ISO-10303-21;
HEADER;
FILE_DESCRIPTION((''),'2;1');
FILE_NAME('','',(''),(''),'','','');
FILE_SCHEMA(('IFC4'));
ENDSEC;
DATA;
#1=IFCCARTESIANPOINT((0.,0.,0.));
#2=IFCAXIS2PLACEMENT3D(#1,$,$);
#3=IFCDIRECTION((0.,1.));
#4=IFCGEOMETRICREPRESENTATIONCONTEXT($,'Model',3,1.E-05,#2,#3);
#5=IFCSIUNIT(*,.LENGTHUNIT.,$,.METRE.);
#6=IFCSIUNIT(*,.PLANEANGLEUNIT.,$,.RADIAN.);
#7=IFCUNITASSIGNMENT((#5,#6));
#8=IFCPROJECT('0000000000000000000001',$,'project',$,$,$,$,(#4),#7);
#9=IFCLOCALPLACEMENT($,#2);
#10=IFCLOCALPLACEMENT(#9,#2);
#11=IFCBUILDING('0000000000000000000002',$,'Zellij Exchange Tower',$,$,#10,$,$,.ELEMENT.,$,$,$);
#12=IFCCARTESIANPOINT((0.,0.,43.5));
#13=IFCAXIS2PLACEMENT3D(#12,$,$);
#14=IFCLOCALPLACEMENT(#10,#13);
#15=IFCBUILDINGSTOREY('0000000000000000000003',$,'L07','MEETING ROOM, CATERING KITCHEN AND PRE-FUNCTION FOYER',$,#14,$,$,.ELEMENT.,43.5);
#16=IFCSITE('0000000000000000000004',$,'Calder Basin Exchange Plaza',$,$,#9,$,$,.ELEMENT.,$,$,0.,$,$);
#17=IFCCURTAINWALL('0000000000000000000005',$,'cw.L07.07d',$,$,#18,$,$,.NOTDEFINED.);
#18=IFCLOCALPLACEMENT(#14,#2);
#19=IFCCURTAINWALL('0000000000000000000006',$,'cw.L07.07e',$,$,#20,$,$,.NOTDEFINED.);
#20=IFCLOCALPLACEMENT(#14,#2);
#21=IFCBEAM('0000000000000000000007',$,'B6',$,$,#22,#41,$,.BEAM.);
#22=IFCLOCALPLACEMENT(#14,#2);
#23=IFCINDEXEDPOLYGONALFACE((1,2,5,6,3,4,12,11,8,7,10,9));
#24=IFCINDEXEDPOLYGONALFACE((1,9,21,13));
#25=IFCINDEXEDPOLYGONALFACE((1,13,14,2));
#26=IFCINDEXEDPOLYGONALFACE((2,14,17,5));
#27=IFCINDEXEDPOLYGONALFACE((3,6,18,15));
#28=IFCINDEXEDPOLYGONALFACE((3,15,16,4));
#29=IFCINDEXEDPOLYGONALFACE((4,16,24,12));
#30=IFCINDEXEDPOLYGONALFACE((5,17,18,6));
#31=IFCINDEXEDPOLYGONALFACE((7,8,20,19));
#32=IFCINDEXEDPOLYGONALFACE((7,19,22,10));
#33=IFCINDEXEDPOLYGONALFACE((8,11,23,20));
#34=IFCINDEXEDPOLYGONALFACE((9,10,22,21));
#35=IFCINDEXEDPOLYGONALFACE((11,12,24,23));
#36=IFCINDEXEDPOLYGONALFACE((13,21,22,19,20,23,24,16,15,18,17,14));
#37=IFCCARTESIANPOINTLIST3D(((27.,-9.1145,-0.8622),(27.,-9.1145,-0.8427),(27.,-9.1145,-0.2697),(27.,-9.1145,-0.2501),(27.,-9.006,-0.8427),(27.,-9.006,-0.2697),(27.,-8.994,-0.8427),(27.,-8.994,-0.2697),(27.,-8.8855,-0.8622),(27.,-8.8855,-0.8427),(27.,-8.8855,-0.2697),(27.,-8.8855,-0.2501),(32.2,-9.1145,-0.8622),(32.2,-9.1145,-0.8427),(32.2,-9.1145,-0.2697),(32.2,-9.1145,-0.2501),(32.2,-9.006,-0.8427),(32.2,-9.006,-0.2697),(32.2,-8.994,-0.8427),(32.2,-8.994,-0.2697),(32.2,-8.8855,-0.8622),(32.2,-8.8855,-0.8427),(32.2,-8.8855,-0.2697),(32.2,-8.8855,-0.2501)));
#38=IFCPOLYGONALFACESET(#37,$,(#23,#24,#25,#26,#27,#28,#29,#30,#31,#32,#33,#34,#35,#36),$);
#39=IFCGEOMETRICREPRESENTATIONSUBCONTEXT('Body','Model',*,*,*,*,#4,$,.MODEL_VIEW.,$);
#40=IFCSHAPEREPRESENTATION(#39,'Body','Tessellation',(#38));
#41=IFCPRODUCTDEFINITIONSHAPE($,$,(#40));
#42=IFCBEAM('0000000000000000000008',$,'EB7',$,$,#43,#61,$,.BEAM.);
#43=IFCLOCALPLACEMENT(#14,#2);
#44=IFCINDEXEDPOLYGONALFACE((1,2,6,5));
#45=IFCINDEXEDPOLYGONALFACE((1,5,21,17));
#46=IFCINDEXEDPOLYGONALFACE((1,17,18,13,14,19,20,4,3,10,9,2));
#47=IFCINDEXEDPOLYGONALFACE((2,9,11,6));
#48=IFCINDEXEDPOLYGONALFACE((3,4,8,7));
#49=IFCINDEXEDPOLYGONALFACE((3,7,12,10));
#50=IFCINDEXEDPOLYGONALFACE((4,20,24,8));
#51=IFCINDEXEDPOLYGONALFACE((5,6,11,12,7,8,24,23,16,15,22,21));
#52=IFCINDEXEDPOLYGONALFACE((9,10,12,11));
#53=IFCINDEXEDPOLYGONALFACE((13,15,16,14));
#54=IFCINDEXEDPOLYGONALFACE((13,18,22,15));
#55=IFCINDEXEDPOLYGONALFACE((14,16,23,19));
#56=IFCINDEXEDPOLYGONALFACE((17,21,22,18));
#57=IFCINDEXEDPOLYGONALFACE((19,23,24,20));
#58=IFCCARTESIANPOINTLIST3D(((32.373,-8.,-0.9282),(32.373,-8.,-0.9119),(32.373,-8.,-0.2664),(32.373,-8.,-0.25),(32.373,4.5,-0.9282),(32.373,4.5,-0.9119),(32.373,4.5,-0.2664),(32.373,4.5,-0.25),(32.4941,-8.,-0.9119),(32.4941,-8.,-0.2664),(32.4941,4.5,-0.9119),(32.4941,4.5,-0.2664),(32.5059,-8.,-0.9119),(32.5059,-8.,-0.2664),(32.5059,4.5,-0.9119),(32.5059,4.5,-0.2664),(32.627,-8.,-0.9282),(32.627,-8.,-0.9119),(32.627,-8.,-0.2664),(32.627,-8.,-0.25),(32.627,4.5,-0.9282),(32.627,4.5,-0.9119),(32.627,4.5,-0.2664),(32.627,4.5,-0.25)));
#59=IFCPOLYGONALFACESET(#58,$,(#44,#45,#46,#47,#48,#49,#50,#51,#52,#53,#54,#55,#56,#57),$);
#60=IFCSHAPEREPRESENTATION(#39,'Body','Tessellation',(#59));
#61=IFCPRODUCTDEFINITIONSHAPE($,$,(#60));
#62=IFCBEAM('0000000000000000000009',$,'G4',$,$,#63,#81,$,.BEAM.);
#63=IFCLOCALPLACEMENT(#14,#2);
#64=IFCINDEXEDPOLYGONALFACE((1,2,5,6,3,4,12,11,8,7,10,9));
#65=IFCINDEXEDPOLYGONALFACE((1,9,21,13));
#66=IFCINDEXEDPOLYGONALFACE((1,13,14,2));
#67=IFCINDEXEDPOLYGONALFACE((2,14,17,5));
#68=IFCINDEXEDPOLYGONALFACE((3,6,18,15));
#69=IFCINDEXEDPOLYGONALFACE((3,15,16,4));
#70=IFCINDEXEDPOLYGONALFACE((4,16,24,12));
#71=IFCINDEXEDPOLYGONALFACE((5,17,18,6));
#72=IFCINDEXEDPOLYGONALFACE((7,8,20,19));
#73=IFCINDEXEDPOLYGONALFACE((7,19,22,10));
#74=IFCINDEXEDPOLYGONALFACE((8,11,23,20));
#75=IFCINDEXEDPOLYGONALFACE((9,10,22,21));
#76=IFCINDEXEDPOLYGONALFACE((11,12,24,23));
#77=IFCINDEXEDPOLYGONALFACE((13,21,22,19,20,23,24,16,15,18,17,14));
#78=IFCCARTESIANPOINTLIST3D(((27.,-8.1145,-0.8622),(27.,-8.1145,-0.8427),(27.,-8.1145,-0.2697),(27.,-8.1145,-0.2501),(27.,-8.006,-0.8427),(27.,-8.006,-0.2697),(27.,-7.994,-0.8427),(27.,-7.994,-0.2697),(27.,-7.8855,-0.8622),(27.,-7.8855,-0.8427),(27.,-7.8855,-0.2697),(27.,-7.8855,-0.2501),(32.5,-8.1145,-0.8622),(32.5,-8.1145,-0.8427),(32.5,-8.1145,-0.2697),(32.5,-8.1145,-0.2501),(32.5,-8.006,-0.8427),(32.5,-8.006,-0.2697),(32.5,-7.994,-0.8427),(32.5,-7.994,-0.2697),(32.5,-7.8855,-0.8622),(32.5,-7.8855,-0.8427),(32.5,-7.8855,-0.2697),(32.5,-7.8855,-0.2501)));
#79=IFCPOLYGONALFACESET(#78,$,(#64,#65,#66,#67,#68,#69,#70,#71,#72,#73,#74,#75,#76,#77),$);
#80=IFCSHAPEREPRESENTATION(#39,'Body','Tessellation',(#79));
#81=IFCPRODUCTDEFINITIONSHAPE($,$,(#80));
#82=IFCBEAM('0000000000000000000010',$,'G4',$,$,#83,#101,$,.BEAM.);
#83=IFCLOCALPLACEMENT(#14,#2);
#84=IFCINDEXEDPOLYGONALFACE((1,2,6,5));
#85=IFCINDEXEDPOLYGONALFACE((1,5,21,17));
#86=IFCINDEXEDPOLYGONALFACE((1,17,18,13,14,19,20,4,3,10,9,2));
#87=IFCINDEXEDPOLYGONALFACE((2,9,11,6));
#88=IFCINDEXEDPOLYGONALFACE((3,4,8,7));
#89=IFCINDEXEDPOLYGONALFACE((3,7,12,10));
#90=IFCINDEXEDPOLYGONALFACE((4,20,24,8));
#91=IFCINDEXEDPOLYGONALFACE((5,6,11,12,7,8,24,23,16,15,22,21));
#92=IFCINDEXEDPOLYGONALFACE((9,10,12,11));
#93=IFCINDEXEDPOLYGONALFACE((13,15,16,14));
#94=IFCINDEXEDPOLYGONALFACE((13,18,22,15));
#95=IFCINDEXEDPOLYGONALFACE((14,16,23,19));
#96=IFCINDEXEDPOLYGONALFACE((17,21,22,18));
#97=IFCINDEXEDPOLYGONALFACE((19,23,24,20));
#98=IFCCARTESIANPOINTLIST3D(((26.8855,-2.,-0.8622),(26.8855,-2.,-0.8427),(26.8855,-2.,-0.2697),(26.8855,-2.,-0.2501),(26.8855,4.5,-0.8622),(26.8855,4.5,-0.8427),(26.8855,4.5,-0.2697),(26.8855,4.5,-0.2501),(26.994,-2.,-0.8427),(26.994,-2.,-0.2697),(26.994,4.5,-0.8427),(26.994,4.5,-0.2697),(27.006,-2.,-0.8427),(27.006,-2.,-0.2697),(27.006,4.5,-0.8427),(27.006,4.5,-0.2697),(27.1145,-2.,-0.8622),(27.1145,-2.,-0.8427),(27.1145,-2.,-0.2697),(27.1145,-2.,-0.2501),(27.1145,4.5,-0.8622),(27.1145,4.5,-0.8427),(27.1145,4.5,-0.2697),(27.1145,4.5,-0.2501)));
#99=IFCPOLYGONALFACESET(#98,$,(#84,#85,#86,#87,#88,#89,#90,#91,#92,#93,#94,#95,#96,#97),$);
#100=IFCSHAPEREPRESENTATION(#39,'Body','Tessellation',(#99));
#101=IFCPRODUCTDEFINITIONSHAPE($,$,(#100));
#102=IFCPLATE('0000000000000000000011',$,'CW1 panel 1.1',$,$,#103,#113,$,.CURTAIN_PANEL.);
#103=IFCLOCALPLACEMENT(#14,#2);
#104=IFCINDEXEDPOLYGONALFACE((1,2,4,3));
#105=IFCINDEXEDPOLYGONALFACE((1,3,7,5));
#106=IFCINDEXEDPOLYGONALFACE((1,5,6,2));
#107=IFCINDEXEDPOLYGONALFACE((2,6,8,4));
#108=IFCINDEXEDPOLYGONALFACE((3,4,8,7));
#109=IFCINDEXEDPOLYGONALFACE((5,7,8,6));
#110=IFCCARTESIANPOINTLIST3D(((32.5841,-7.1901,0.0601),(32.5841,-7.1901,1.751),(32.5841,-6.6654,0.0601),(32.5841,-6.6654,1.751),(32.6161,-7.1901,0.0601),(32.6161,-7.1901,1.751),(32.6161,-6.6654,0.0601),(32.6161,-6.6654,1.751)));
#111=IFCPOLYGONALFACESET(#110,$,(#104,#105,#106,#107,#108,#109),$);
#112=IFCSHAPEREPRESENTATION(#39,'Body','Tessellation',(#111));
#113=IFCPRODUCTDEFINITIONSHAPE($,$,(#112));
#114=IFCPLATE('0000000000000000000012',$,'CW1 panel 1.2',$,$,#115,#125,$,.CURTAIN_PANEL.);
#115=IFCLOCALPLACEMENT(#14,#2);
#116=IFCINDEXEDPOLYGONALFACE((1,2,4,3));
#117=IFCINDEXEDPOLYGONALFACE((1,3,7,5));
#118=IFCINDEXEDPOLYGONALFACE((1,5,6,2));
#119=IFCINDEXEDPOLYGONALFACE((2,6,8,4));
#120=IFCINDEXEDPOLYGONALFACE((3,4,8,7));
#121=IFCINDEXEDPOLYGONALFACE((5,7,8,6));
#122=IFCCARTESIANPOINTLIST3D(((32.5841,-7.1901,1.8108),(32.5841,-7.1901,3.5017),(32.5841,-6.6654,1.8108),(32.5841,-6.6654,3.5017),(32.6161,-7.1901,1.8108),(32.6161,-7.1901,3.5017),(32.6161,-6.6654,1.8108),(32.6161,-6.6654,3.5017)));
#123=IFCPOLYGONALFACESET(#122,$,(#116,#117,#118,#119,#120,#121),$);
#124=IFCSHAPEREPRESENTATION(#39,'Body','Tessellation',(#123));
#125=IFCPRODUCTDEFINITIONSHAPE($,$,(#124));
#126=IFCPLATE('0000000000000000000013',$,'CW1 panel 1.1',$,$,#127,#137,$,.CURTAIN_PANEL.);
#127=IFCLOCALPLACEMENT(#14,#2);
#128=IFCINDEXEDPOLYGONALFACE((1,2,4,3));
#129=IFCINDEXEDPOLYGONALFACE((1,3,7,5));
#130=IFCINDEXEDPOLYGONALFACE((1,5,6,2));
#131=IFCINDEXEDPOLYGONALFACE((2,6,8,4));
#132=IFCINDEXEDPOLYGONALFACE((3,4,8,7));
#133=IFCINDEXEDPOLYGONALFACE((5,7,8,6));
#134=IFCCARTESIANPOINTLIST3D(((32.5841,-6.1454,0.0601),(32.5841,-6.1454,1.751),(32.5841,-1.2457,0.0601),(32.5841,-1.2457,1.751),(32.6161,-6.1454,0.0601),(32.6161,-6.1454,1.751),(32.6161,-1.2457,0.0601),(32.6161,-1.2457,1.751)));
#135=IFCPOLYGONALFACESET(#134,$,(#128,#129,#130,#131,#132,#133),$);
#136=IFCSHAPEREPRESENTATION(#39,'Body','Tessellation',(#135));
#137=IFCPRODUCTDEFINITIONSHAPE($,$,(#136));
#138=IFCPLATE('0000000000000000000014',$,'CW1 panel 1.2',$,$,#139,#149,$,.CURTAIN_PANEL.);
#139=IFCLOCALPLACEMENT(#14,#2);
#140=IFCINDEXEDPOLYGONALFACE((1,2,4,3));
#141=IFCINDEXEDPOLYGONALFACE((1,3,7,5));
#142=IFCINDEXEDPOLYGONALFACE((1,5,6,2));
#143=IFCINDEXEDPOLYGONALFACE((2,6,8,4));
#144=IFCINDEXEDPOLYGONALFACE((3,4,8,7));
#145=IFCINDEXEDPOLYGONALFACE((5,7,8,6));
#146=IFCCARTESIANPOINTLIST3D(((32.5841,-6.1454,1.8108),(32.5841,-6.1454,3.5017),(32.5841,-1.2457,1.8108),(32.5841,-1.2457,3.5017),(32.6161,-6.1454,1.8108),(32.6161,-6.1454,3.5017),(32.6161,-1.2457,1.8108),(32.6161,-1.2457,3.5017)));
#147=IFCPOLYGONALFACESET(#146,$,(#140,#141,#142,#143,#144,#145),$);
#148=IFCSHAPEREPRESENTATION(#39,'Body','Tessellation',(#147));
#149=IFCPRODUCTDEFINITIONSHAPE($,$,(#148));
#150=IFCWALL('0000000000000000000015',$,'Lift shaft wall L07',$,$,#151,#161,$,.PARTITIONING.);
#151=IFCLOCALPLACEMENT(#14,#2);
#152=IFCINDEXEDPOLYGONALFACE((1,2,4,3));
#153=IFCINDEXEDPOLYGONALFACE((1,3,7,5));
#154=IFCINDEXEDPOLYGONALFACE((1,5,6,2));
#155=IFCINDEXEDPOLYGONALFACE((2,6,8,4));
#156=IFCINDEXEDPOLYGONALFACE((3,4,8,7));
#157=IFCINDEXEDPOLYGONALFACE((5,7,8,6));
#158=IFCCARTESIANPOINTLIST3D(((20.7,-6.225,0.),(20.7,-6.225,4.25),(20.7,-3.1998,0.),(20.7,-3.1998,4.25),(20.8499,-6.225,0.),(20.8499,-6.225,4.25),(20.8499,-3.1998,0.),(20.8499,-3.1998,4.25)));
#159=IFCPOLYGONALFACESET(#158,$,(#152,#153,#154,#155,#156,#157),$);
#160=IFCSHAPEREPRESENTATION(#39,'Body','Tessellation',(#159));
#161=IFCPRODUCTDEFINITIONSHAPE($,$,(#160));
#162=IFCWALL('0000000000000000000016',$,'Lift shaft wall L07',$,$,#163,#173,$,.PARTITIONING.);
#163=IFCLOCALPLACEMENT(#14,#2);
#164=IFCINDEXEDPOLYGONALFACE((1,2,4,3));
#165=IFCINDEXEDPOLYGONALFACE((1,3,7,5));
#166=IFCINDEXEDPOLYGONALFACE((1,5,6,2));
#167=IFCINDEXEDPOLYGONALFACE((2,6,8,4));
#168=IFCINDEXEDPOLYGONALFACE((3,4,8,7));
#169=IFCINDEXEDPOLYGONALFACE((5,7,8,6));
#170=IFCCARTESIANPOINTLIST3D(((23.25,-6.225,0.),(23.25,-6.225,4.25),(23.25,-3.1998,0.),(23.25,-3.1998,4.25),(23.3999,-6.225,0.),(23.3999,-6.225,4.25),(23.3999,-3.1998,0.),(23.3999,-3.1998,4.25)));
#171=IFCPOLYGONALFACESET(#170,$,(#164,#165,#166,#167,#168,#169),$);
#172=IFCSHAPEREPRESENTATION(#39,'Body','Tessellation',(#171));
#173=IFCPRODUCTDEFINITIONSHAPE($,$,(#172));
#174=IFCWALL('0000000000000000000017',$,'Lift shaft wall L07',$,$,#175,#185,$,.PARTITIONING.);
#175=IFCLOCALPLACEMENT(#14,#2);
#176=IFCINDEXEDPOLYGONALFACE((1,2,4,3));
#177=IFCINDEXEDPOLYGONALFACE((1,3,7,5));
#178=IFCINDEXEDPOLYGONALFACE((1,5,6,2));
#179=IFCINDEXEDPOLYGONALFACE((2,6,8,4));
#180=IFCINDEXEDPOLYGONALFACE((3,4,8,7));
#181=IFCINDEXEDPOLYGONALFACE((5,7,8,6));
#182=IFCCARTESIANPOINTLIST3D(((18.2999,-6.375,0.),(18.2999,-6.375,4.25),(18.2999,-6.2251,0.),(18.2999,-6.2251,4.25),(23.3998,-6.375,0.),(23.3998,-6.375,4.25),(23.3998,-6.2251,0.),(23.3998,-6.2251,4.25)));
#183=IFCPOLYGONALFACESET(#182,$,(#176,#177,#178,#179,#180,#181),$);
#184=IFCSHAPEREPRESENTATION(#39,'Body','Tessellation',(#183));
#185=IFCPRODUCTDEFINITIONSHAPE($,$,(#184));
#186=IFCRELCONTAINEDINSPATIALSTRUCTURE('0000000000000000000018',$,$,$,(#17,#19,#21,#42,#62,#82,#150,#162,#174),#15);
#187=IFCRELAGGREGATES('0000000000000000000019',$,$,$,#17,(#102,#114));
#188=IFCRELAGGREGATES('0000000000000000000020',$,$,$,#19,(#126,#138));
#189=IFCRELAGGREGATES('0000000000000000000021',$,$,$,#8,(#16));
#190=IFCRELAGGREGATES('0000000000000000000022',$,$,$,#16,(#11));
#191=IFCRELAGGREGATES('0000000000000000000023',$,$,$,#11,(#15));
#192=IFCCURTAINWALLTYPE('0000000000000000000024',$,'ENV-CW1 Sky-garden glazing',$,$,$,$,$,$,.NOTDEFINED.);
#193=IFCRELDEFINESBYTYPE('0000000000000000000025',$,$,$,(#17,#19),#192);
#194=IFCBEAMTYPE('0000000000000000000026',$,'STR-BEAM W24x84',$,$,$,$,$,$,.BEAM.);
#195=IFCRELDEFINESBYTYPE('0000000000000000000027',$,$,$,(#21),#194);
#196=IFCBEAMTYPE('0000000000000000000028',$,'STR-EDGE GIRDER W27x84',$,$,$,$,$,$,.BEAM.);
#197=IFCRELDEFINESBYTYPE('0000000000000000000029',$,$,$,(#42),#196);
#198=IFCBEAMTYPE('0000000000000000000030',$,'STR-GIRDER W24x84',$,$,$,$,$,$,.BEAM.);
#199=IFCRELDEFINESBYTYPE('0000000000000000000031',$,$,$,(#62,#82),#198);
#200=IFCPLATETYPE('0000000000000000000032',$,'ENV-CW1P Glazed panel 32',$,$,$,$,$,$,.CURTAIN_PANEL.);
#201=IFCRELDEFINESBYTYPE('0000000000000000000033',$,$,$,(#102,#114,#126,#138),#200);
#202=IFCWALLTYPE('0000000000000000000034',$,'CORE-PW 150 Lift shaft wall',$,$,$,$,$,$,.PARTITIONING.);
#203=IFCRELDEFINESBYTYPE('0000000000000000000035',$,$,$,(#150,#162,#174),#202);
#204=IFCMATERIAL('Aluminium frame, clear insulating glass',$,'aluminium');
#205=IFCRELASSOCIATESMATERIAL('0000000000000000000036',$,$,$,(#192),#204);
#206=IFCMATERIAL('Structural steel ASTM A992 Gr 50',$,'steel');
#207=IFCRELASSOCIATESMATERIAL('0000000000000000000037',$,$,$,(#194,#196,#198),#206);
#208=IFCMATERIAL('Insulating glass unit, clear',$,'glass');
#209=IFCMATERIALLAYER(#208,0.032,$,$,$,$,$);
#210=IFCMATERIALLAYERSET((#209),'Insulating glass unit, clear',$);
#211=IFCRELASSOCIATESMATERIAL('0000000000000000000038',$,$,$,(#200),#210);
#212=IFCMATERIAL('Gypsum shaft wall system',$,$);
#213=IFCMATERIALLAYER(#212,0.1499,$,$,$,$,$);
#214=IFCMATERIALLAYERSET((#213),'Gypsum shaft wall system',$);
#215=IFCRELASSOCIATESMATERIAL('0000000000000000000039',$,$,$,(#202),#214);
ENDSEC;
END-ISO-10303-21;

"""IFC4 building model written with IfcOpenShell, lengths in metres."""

from ifc_helpers import new_model, si_unit, direction, frame, frame_2d, origin, origin_2d, place, context, subcontext, project, spatial, rectangle, i_section, extrude, material, layer, layer_set, material_profile, profile_set, type_object, element, aggregate, save


model = new_model("IFC4")

# Units and contexts
model_context = context("Model", 3, precision=1e-05, world=origin(), true_north=direction((0.0, 1.0)))
body_context = subcontext(model_context, "Body", "Model", "MODEL_VIEW")
ifc_project = project(units=[si_unit("LENGTHUNIT", "METRE"), si_unit("PLANEANGLEUNIT", "RADIAN")], contexts=[model_context])

# Site, building, storey
site_placement = place(None, origin())
site = spatial("IfcSite", under=ifc_project, at=site_placement, Name="Calder Basin Exchange Plaza", CompositionType="ELEMENT", RefElevation=0.0)
building_placement = place(site_placement, origin())
building = spatial("IfcBuilding", under=site, at=building_placement, Name="Zellij Exchange Tower", CompositionType="ELEMENT")
storey_placement = place(building_placement, frame((0.0, 0.0, 43.5)))
storey = spatial("IfcBuildingStorey", under=building, at=storey_placement, Name="L07", Description="MEETING ROOM, CATERING KITCHEN AND PRE-FUNCTION FOYER", CompositionType="ELEMENT", Elevation=43.5)

# Shared definitions
ifc_material_1 = material(Name="Aluminium frame, clear insulating glass", Category="aluminium")
curtain_wall_type = type_object("IfcCurtainWallType", Name="ENV-CW1 Sky-garden glazing", PredefinedType="NOTDEFINED", material=ifc_material_1)

# Curtain walls
curtain_wall_1_placement = place(storey_placement, origin())
curtain_wall_1 = element("IfcCurtainWall", 1, at=curtain_wall_1_placement, inside=storey, type_object=curtain_wall_type, Name="cw.L07.07d", PredefinedType="NOTDEFINED")
curtain_wall_2_placement = place(storey_placement, origin())
curtain_wall_2 = element("IfcCurtainWall", 2, at=curtain_wall_2_placement, inside=storey, type_object=curtain_wall_type, Name="cw.L07.07e", PredefinedType="NOTDEFINED")

# Beams
ifc_material_2 = material(Name="Structural steel ASTM A992 Gr 50", Category="steel")
ifc_material_profile_1 = material_profile(ifc_material_2, i_section(OverallWidth=0.229, OverallDepth=0.6121, WebThickness=0.012, FlangeThickness=0.0195, at=origin_2d()), Name="W24x84")
ifc_profile_set_1 = profile_set([ifc_material_profile_1], Name="Structural steel ASTM A992 Gr 50")
beam_type_1 = type_object("IfcBeamType", Name="STR-BEAM W24x84", PredefinedType="BEAM", material=ifc_profile_set_1)
beam_1_placement = place(storey_placement, frame((27.0, -9.0, -0.5562), z_axis=(1.0, 0.0, 0.0), x_axis=(0.0, 1.0, 0.0)))
element("IfcBeam", 3, at=beam_1_placement, inside=storey, type_object=beam_type_1, Name="B6", PredefinedType="BEAM", context=body_context, shape_type="SweptSolid", body=[
    extrude(i_section(OverallWidth=0.229, OverallDepth=0.6121, WebThickness=0.012, FlangeThickness=0.0195, at=origin_2d()), origin(), (0.0, 0.0, 1.0), 5.2),
])
ifc_material_profile_2 = material_profile(ifc_material_2, i_section(OverallWidth=0.2539, OverallDepth=0.6782, WebThickness=0.0117, FlangeThickness=0.0164, at=origin_2d()), Name="W27x84")
ifc_profile_set_2 = profile_set([ifc_material_profile_2], Name="Structural steel ASTM A992 Gr 50")
beam_type_2 = type_object("IfcBeamType", Name="STR-EDGE GIRDER W27x84", PredefinedType="BEAM", material=ifc_profile_set_2)
beam_2_placement = place(storey_placement, frame((32.5, -8.0, -0.5891), z_axis=(0.0, 1.0, 0.0), x_axis=(-1.0, 0.0, 0.0)))
element("IfcBeam", 4, at=beam_2_placement, inside=storey, type_object=beam_type_2, Name="EB7", PredefinedType="BEAM", context=body_context, shape_type="SweptSolid", body=[
    extrude(i_section(OverallWidth=0.2539, OverallDepth=0.6782, WebThickness=0.0117, FlangeThickness=0.0164, at=origin_2d()), origin(), (0.0, 0.0, 1.0), 12.5),
])
ifc_material_profile_3 = material_profile(ifc_material_2, i_section(OverallWidth=0.229, OverallDepth=0.6121, WebThickness=0.012, FlangeThickness=0.0195, at=origin_2d()), Name="W24x84")
ifc_profile_set_3 = profile_set([ifc_material_profile_3], Name="Structural steel ASTM A992 Gr 50")
beam_type_3 = type_object("IfcBeamType", Name="STR-GIRDER W24x84", PredefinedType="BEAM", material=ifc_profile_set_3)
beam_3_placement = place(storey_placement, frame((27.0, -8.0, -0.5562), z_axis=(1.0, 0.0, 0.0), x_axis=(0.0, 1.0, 0.0)))
element("IfcBeam", 5, at=beam_3_placement, inside=storey, type_object=beam_type_3, Name="G4", PredefinedType="BEAM", context=body_context, shape_type="SweptSolid", body=[
    extrude(i_section(OverallWidth=0.229, OverallDepth=0.6121, WebThickness=0.012, FlangeThickness=0.0195, at=origin_2d()), origin(), (0.0, 0.0, 1.0), 5.5),
])
beam_4_placement = place(storey_placement, frame((27.0, -2.0, -0.5562), z_axis=(0.0, 1.0, 0.0), x_axis=(-1.0, 0.0, 0.0)))
element("IfcBeam", 6, at=beam_4_placement, inside=storey, type_object=beam_type_3, Name="G4", PredefinedType="BEAM", context=body_context, shape_type="SweptSolid", body=[
    extrude(i_section(OverallWidth=0.229, OverallDepth=0.6121, WebThickness=0.012, FlangeThickness=0.0195, at=origin_2d()), origin(), (0.0, 0.0, 1.0), 6.5),
])

# Plates
ifc_material_3 = material(Name="Insulating glass unit, clear", Category="glass")
ifc_layer_1 = layer(ifc_material_3, 0.032)
ifc_layer_set_1 = layer_set([ifc_layer_1], Name="Insulating glass unit, clear")
plate_type = type_object("IfcPlateType", Name="ENV-CW1P Glazed panel 32", PredefinedType="CURTAIN_PANEL", material=ifc_layer_set_1)
plate_1_placement = place(storey_placement, frame((32.6001, -6.9277, 0.0601), z_axis=(0.0, 0.0, 1.0), x_axis=(0.0, 1.0, 0.0)))
plate_1 = element("IfcPlate", 7, at=plate_1_placement, type_object=plate_type, Name="CW1 panel 1.1", PredefinedType="CURTAIN_PANEL", context=body_context, shape_type="SweptSolid", body=[
    extrude(rectangle(XDim=0.5247, YDim=0.032, at=origin_2d()), origin(), (0.0, 0.0, 1.0), 1.6909),
])
plate_2_placement = place(storey_placement, frame((32.6001, -6.9277, 1.8108), z_axis=(0.0, 0.0, 1.0), x_axis=(0.0, 1.0, 0.0)))
plate_2 = element("IfcPlate", 8, at=plate_2_placement, type_object=plate_type, Name="CW1 panel 1.2", PredefinedType="CURTAIN_PANEL", context=body_context, shape_type="SweptSolid", body=[
    extrude(rectangle(XDim=0.5247, YDim=0.032, at=origin_2d()), origin(), (0.0, 0.0, 1.0), 1.6909),
])
aggregate(curtain_wall_1, [plate_1, plate_2])
plate_3_placement = place(storey_placement, frame((32.6001, -3.6956, 0.0601), z_axis=(0.0, 0.0, 1.0), x_axis=(0.0, 1.0, 0.0)))
plate_3 = element("IfcPlate", 9, at=plate_3_placement, type_object=plate_type, Name="CW1 panel 1.1", PredefinedType="CURTAIN_PANEL", context=body_context, shape_type="SweptSolid", body=[
    extrude(rectangle(XDim=4.8997, YDim=0.032, at=origin_2d()), origin(), (0.0, 0.0, 1.0), 1.6909),
])
plate_4_placement = place(storey_placement, frame((32.6001, -3.6956, 1.8108), z_axis=(0.0, 0.0, 1.0), x_axis=(0.0, 1.0, 0.0)))
plate_4 = element("IfcPlate", 10, at=plate_4_placement, type_object=plate_type, Name="CW1 panel 1.2", PredefinedType="CURTAIN_PANEL", context=body_context, shape_type="SweptSolid", body=[
    extrude(rectangle(XDim=4.8997, YDim=0.032, at=origin_2d()), origin(), (0.0, 0.0, 1.0), 1.6909),
])
aggregate(curtain_wall_2, [plate_3, plate_4])

# Walls
ifc_material_4 = material(Name="Gypsum shaft wall system")
ifc_layer_2 = layer(ifc_material_4, 0.1499)
ifc_layer_set_2 = layer_set([ifc_layer_2], Name="Gypsum shaft wall system")
wall_type = type_object("IfcWallType", Name="CORE-PW 150 Lift shaft wall", PredefinedType="PARTITIONING", material=ifc_layer_set_2)
for number, where, z_axis, x_axis, name in (
    (11, (20.7749, -6.2251, 0.0), (0.0, 0.0, 1.0), (0.0, 1.0, 0.0), "Lift shaft wall L07"),
    (12, (23.325, -6.2251, 0.0), (0.0, 0.0, 1.0), (0.0, 1.0, 0.0), "Lift shaft wall L07"),
):
    element("IfcWall", number, at=place(storey_placement, frame(where, z_axis=z_axis, x_axis=x_axis)), inside=storey, type_object=wall_type, Name=name, PredefinedType="PARTITIONING", context=body_context, shape_type="SweptSolid", body=[
        extrude(rectangle(XDim=3.0251, YDim=0.1499, at=frame_2d((1.5127, 0.0))), origin(), (0.0, 0.0, 1.0), 4.25),
    ])
wall_placement = place(storey_placement, frame((18.3, -6.3, 0.0), z_axis=(0.0, 0.0, 1.0), x_axis=(1.0, 0.0, 0.0)))
element("IfcWall", 13, at=wall_placement, inside=storey, type_object=wall_type, Name="Lift shaft wall L07", PredefinedType="PARTITIONING", context=body_context, shape_type="SweptSolid", body=[
    extrude(rectangle(XDim=5.0999, YDim=0.1499, at=frame_2d((2.5498, 0.0))), origin(), (0.0, 0.0, 1.0), 4.25),
])

save(model, "model.ifc")
